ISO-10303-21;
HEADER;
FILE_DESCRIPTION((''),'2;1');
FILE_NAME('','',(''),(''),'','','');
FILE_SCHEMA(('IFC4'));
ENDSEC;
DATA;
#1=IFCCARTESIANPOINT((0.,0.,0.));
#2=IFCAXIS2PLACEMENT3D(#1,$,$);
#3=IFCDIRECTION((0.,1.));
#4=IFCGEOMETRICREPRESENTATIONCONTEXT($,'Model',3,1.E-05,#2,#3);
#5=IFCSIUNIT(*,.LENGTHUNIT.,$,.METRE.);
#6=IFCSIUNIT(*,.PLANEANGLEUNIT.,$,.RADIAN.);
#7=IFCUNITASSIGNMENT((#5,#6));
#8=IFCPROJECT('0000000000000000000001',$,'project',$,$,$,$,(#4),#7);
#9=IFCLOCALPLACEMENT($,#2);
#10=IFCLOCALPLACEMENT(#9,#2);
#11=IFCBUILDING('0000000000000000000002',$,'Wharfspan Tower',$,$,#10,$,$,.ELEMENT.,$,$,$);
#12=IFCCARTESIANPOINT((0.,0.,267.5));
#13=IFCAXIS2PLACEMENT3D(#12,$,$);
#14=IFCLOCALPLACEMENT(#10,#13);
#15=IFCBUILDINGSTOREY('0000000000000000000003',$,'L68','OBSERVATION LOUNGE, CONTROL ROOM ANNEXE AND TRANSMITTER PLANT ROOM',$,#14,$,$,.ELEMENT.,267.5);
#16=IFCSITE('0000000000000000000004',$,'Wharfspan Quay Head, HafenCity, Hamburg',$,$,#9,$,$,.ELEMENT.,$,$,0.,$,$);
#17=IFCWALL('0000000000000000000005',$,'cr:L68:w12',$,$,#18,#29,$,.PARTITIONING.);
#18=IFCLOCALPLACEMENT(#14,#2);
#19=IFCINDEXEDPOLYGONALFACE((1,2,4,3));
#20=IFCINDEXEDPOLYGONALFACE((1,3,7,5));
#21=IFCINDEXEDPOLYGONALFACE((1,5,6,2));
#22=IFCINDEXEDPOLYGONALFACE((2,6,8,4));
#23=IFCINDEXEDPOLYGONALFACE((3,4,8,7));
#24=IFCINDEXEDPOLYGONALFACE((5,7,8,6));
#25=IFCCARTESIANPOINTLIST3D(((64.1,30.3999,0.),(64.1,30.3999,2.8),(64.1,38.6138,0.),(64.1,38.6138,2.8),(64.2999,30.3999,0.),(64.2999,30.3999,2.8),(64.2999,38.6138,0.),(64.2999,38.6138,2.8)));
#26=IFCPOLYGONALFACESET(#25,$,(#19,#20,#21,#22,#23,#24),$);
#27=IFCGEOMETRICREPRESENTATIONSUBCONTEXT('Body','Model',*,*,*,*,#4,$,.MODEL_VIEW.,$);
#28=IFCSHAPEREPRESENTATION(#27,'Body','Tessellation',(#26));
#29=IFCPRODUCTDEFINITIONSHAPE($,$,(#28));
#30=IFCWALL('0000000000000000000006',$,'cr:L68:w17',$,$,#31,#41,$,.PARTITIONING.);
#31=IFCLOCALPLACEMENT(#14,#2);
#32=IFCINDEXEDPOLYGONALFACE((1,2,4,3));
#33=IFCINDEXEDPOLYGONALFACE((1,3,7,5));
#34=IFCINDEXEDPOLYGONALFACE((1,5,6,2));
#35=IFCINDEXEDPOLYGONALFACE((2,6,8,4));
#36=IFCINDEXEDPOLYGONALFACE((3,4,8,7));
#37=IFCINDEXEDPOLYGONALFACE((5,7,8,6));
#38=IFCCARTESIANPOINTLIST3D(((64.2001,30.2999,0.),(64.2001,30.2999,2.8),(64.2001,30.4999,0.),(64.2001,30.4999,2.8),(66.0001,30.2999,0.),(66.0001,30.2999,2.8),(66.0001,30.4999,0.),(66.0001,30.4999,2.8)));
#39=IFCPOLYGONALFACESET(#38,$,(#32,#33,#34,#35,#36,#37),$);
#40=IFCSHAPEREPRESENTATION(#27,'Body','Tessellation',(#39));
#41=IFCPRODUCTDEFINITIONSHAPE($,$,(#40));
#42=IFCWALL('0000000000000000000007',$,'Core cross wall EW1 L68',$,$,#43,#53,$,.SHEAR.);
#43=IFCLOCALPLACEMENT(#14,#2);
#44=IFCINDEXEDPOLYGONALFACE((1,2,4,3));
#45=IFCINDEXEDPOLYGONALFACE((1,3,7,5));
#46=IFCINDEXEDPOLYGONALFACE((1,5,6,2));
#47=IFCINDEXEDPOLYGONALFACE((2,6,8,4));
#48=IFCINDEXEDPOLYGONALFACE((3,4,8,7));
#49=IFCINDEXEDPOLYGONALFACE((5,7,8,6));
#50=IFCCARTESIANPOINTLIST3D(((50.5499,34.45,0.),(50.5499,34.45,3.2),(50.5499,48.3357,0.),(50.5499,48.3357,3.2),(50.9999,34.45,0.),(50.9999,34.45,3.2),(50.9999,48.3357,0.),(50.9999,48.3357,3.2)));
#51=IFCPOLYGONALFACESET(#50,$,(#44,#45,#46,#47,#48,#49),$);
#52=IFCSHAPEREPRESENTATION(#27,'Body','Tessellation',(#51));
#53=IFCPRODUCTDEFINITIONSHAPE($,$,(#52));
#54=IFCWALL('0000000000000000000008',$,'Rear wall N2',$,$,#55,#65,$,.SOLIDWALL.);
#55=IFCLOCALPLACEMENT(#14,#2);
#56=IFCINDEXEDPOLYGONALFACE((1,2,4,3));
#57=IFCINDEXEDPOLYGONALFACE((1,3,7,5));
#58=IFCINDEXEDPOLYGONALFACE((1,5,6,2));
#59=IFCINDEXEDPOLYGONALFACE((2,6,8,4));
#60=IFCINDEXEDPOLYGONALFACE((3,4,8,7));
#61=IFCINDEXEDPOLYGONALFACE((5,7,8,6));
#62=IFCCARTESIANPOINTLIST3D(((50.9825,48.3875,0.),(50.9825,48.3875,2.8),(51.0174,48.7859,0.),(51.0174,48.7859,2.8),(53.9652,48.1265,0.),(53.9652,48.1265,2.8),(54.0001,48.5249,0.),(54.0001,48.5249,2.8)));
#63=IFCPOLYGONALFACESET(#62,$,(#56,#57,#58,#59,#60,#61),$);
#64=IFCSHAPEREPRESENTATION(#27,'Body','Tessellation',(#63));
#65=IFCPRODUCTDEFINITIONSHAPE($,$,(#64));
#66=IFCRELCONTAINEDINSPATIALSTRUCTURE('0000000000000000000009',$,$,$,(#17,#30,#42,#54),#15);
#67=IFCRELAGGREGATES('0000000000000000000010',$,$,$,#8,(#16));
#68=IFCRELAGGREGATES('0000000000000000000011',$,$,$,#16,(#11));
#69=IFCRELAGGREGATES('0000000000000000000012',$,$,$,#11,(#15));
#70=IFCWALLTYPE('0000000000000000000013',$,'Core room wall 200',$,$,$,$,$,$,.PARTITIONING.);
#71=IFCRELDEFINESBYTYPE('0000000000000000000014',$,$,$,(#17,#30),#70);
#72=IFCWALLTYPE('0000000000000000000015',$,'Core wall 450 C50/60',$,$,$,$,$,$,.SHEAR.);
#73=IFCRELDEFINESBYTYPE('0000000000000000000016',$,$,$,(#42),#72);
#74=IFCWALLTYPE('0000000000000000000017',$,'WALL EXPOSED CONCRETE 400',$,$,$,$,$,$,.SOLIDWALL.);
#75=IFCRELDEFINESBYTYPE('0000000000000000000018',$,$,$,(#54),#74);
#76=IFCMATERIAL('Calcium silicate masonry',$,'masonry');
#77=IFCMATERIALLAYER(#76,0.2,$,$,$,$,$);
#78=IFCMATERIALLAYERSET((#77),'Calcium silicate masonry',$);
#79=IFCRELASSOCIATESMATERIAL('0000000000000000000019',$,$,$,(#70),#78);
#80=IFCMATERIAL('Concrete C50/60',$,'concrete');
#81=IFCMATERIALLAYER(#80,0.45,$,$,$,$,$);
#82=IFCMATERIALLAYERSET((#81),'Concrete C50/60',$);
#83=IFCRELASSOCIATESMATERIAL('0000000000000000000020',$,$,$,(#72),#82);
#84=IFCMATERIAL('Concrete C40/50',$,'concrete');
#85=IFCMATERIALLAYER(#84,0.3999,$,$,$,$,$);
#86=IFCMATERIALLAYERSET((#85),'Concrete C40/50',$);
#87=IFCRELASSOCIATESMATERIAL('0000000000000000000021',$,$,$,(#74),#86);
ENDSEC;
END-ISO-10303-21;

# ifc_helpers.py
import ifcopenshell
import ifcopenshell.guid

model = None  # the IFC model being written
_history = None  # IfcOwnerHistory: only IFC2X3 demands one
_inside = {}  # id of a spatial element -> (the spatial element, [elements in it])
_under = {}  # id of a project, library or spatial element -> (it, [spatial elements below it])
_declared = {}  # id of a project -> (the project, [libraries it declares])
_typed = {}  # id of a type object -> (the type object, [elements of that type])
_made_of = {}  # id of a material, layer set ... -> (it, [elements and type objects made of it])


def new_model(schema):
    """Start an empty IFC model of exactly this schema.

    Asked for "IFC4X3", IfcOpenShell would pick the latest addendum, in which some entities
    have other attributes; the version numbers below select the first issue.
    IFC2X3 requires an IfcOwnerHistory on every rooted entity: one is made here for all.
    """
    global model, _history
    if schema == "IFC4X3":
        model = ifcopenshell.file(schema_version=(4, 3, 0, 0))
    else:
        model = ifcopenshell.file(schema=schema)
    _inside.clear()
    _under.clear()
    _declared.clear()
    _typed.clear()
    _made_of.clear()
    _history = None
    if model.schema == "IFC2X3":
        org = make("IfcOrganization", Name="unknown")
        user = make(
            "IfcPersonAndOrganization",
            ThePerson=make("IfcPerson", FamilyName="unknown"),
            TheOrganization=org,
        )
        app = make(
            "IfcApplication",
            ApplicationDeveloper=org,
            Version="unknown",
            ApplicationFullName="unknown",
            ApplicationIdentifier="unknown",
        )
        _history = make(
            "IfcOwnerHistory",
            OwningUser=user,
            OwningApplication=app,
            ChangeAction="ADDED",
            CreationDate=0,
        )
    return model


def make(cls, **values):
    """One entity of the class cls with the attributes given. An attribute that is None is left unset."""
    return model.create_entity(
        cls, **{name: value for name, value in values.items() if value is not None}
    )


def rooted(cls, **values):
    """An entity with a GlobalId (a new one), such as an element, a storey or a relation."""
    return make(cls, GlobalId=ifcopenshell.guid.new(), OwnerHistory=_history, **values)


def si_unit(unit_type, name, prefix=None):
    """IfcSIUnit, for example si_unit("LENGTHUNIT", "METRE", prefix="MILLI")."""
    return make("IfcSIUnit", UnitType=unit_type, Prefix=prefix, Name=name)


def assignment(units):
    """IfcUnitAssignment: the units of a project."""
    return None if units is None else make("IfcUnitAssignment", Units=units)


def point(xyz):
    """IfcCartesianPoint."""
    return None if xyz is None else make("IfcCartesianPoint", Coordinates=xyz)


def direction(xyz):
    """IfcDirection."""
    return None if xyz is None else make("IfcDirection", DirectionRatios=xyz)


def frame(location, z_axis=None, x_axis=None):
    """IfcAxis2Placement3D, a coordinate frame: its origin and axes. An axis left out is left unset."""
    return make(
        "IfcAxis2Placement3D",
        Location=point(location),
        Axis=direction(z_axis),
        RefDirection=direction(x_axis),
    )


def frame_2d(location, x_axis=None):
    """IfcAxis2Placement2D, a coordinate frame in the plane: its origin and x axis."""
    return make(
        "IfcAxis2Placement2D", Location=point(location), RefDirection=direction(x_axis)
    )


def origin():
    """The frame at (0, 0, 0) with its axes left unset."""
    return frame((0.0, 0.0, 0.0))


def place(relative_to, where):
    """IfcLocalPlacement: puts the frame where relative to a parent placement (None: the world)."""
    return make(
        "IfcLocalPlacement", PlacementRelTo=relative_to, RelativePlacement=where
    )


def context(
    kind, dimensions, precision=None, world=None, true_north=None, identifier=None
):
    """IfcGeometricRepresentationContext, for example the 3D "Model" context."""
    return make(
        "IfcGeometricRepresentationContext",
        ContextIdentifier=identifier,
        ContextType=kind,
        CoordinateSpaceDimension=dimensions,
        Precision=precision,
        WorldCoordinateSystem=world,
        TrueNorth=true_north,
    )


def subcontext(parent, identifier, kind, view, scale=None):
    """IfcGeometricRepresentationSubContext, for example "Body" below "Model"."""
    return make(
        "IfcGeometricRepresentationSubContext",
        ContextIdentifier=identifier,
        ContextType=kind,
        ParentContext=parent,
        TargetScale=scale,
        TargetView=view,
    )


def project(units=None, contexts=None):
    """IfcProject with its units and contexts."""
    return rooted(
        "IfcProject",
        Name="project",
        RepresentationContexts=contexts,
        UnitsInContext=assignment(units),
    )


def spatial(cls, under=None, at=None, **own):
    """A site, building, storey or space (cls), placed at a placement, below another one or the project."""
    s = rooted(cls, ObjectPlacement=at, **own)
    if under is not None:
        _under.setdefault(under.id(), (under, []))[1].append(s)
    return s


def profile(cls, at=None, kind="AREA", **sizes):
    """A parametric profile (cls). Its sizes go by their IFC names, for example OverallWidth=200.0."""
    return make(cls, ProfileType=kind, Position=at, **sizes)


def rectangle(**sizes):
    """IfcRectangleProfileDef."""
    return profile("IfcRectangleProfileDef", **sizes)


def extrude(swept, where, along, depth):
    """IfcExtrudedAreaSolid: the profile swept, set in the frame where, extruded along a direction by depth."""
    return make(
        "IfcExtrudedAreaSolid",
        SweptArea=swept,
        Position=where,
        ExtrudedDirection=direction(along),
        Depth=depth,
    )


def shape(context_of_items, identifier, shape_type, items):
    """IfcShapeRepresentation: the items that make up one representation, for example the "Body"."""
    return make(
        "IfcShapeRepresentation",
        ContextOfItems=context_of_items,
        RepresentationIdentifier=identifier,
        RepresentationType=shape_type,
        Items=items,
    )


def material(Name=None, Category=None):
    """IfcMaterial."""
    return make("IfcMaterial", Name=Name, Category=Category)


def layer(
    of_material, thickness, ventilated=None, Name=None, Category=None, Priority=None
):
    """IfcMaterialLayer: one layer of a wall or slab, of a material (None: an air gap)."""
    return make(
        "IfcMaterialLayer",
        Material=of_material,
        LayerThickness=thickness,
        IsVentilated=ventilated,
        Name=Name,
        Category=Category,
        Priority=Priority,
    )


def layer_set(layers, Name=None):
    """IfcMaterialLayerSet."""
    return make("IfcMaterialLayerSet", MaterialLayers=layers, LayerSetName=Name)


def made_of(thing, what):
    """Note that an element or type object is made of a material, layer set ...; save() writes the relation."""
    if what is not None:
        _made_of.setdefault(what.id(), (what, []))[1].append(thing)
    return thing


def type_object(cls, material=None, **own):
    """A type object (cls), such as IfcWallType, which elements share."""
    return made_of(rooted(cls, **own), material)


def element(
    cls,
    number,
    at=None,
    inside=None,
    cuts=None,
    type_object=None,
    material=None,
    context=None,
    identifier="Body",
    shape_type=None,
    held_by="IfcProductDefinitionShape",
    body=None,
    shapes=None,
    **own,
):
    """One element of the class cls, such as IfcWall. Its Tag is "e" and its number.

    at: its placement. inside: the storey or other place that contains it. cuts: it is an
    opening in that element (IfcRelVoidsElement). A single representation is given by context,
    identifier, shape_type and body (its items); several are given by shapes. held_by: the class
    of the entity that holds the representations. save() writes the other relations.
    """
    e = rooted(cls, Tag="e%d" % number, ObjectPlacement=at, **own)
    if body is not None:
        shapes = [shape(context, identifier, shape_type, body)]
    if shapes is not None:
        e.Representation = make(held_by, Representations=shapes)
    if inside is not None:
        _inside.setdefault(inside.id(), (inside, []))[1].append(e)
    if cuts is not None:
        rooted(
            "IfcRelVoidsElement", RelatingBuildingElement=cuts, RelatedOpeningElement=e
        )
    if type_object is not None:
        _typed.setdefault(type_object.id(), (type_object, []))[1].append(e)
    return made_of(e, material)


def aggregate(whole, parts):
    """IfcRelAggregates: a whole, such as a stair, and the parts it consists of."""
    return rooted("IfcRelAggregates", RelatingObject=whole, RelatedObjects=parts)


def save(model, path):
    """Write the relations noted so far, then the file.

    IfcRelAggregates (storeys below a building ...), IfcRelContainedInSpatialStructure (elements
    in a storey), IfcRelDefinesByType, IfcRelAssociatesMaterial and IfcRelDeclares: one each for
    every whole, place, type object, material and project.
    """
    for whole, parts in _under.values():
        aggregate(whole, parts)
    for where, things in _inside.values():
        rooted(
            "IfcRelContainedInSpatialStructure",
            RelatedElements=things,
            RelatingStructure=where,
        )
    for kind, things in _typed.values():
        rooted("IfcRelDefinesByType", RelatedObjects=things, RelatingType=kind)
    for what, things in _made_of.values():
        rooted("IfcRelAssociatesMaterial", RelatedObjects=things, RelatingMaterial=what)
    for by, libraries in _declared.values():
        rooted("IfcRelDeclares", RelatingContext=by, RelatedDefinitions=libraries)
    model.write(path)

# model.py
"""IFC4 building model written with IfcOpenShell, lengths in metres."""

from ifc_helpers import new_model, si_unit, direction, frame, frame_2d, origin, place, context, subcontext, project, spatial, rectangle, extrude, material, layer, layer_set, type_object, element, save


model = new_model("IFC4")

# Units and contexts
model_context = context("Model", 3, precision=1e-05, world=origin(), true_north=direction((0.0, 1.0)))
body_context = subcontext(model_context, "Body", "Model", "MODEL_VIEW")
ifc_project = project(units=[si_unit("LENGTHUNIT", "METRE"), si_unit("PLANEANGLEUNIT", "RADIAN")], contexts=[model_context])

# Site, building, storey
site_placement = place(None, origin())
site = spatial("IfcSite", under=ifc_project, at=site_placement, Name="Wharfspan Quay Head, HafenCity, Hamburg", CompositionType="ELEMENT", RefElevation=0.0)
building_placement = place(site_placement, origin())
building = spatial("IfcBuilding", under=site, at=building_placement, Name="Wharfspan Tower", CompositionType="ELEMENT")
storey_placement = place(building_placement, frame((0.0, 0.0, 267.5)))
storey = spatial("IfcBuildingStorey", under=building, at=storey_placement, Name="L68", Description="OBSERVATION LOUNGE, CONTROL ROOM ANNEXE AND TRANSMITTER PLANT ROOM", CompositionType="ELEMENT", Elevation=267.5)

# Shared definitions
ifc_material_1 = material(Name="Calcium silicate masonry", Category="masonry")
ifc_layer_1 = layer(ifc_material_1, 0.2)
ifc_layer_set_1 = layer_set([ifc_layer_1], Name="Calcium silicate masonry")
wall_type_1 = type_object("IfcWallType", Name="Core room wall 200", PredefinedType="PARTITIONING", material=ifc_layer_set_1)

# Walls
wall_1_placement = place(storey_placement, frame((64.2, 38.6138, 0.0), z_axis=(0.0, 0.0, 1.0), x_axis=(0.0, -1.0, 0.0)))
element("IfcWall", 1, at=wall_1_placement, inside=storey, type_object=wall_type_1, Name="cr:L68:w12", PredefinedType="PARTITIONING", context=body_context, shape_type="SweptSolid", body=[
    extrude(rectangle(XDim=8.2139, YDim=0.2, at=frame_2d((4.1069, 0.0))), origin(), (0.0, 0.0, 1.0), 2.8),
])
wall_2_placement = place(storey_placement, frame((66.0, 30.3999, 0.0), z_axis=(0.0, 0.0, 1.0), x_axis=(-1.0, 0.0, 0.0)))
element("IfcWall", 2, at=wall_2_placement, inside=storey, type_object=wall_type_1, Name="cr:L68:w17", PredefinedType="PARTITIONING", context=body_context, shape_type="SweptSolid", body=[
    extrude(rectangle(XDim=1.8, YDim=0.2, at=frame_2d((0.8999, 0.0))), origin(), (0.0, 0.0, 1.0), 2.8),
])
ifc_material_2 = material(Name="Concrete C50/60", Category="concrete")
ifc_layer_2 = layer(ifc_material_2, 0.45)
ifc_layer_set_2 = layer_set([ifc_layer_2], Name="Concrete C50/60")
wall_type_2 = type_object("IfcWallType", Name="Core wall 450 C50/60", PredefinedType="SHEAR", material=ifc_layer_set_2)
wall_3_placement = place(storey_placement, frame((50.7749, 34.45, 0.0), z_axis=(0.0, 0.0, 1.0), x_axis=(0.0, 1.0, 0.0)))
element("IfcWall", 3, at=wall_3_placement, inside=storey, type_object=wall_type_2, Name="Core cross wall EW1 L68", PredefinedType="SHEAR", context=body_context, shape_type="SweptSolid", body=[
    extrude(rectangle(XDim=13.8857, YDim=0.45, at=frame_2d((6.9429, 0.0))), origin(), (0.0, 0.0, 1.0), 3.2),
])
ifc_material_3 = material(Name="Concrete C40/50", Category="concrete")
ifc_layer_3 = layer(ifc_material_3, 0.3999)
ifc_layer_set_3 = layer_set([ifc_layer_3], Name="Concrete C40/50")
wall_type_3 = type_object("IfcWallType", Name="WALL EXPOSED CONCRETE 400", PredefinedType="SOLIDWALL", material=ifc_layer_set_3)
wall_4_placement = place(storey_placement, frame((53.9827, 48.3257, 0.0), z_axis=(0.0, 0.0, 1.0), x_axis=(-0.996194, 0.087168, 0.0)))
element("IfcWall", 4, at=wall_4_placement, inside=storey, type_object=wall_type_3, Name="Rear wall N2", PredefinedType="SOLIDWALL", context=body_context, shape_type="SweptSolid", body=[
    extrude(rectangle(XDim=2.9941, YDim=0.3999, at=frame_2d((1.4971, 0.0))), origin(), (0.0, 0.0, 1.0), 2.8),
])

save(model, "model.ifc")
